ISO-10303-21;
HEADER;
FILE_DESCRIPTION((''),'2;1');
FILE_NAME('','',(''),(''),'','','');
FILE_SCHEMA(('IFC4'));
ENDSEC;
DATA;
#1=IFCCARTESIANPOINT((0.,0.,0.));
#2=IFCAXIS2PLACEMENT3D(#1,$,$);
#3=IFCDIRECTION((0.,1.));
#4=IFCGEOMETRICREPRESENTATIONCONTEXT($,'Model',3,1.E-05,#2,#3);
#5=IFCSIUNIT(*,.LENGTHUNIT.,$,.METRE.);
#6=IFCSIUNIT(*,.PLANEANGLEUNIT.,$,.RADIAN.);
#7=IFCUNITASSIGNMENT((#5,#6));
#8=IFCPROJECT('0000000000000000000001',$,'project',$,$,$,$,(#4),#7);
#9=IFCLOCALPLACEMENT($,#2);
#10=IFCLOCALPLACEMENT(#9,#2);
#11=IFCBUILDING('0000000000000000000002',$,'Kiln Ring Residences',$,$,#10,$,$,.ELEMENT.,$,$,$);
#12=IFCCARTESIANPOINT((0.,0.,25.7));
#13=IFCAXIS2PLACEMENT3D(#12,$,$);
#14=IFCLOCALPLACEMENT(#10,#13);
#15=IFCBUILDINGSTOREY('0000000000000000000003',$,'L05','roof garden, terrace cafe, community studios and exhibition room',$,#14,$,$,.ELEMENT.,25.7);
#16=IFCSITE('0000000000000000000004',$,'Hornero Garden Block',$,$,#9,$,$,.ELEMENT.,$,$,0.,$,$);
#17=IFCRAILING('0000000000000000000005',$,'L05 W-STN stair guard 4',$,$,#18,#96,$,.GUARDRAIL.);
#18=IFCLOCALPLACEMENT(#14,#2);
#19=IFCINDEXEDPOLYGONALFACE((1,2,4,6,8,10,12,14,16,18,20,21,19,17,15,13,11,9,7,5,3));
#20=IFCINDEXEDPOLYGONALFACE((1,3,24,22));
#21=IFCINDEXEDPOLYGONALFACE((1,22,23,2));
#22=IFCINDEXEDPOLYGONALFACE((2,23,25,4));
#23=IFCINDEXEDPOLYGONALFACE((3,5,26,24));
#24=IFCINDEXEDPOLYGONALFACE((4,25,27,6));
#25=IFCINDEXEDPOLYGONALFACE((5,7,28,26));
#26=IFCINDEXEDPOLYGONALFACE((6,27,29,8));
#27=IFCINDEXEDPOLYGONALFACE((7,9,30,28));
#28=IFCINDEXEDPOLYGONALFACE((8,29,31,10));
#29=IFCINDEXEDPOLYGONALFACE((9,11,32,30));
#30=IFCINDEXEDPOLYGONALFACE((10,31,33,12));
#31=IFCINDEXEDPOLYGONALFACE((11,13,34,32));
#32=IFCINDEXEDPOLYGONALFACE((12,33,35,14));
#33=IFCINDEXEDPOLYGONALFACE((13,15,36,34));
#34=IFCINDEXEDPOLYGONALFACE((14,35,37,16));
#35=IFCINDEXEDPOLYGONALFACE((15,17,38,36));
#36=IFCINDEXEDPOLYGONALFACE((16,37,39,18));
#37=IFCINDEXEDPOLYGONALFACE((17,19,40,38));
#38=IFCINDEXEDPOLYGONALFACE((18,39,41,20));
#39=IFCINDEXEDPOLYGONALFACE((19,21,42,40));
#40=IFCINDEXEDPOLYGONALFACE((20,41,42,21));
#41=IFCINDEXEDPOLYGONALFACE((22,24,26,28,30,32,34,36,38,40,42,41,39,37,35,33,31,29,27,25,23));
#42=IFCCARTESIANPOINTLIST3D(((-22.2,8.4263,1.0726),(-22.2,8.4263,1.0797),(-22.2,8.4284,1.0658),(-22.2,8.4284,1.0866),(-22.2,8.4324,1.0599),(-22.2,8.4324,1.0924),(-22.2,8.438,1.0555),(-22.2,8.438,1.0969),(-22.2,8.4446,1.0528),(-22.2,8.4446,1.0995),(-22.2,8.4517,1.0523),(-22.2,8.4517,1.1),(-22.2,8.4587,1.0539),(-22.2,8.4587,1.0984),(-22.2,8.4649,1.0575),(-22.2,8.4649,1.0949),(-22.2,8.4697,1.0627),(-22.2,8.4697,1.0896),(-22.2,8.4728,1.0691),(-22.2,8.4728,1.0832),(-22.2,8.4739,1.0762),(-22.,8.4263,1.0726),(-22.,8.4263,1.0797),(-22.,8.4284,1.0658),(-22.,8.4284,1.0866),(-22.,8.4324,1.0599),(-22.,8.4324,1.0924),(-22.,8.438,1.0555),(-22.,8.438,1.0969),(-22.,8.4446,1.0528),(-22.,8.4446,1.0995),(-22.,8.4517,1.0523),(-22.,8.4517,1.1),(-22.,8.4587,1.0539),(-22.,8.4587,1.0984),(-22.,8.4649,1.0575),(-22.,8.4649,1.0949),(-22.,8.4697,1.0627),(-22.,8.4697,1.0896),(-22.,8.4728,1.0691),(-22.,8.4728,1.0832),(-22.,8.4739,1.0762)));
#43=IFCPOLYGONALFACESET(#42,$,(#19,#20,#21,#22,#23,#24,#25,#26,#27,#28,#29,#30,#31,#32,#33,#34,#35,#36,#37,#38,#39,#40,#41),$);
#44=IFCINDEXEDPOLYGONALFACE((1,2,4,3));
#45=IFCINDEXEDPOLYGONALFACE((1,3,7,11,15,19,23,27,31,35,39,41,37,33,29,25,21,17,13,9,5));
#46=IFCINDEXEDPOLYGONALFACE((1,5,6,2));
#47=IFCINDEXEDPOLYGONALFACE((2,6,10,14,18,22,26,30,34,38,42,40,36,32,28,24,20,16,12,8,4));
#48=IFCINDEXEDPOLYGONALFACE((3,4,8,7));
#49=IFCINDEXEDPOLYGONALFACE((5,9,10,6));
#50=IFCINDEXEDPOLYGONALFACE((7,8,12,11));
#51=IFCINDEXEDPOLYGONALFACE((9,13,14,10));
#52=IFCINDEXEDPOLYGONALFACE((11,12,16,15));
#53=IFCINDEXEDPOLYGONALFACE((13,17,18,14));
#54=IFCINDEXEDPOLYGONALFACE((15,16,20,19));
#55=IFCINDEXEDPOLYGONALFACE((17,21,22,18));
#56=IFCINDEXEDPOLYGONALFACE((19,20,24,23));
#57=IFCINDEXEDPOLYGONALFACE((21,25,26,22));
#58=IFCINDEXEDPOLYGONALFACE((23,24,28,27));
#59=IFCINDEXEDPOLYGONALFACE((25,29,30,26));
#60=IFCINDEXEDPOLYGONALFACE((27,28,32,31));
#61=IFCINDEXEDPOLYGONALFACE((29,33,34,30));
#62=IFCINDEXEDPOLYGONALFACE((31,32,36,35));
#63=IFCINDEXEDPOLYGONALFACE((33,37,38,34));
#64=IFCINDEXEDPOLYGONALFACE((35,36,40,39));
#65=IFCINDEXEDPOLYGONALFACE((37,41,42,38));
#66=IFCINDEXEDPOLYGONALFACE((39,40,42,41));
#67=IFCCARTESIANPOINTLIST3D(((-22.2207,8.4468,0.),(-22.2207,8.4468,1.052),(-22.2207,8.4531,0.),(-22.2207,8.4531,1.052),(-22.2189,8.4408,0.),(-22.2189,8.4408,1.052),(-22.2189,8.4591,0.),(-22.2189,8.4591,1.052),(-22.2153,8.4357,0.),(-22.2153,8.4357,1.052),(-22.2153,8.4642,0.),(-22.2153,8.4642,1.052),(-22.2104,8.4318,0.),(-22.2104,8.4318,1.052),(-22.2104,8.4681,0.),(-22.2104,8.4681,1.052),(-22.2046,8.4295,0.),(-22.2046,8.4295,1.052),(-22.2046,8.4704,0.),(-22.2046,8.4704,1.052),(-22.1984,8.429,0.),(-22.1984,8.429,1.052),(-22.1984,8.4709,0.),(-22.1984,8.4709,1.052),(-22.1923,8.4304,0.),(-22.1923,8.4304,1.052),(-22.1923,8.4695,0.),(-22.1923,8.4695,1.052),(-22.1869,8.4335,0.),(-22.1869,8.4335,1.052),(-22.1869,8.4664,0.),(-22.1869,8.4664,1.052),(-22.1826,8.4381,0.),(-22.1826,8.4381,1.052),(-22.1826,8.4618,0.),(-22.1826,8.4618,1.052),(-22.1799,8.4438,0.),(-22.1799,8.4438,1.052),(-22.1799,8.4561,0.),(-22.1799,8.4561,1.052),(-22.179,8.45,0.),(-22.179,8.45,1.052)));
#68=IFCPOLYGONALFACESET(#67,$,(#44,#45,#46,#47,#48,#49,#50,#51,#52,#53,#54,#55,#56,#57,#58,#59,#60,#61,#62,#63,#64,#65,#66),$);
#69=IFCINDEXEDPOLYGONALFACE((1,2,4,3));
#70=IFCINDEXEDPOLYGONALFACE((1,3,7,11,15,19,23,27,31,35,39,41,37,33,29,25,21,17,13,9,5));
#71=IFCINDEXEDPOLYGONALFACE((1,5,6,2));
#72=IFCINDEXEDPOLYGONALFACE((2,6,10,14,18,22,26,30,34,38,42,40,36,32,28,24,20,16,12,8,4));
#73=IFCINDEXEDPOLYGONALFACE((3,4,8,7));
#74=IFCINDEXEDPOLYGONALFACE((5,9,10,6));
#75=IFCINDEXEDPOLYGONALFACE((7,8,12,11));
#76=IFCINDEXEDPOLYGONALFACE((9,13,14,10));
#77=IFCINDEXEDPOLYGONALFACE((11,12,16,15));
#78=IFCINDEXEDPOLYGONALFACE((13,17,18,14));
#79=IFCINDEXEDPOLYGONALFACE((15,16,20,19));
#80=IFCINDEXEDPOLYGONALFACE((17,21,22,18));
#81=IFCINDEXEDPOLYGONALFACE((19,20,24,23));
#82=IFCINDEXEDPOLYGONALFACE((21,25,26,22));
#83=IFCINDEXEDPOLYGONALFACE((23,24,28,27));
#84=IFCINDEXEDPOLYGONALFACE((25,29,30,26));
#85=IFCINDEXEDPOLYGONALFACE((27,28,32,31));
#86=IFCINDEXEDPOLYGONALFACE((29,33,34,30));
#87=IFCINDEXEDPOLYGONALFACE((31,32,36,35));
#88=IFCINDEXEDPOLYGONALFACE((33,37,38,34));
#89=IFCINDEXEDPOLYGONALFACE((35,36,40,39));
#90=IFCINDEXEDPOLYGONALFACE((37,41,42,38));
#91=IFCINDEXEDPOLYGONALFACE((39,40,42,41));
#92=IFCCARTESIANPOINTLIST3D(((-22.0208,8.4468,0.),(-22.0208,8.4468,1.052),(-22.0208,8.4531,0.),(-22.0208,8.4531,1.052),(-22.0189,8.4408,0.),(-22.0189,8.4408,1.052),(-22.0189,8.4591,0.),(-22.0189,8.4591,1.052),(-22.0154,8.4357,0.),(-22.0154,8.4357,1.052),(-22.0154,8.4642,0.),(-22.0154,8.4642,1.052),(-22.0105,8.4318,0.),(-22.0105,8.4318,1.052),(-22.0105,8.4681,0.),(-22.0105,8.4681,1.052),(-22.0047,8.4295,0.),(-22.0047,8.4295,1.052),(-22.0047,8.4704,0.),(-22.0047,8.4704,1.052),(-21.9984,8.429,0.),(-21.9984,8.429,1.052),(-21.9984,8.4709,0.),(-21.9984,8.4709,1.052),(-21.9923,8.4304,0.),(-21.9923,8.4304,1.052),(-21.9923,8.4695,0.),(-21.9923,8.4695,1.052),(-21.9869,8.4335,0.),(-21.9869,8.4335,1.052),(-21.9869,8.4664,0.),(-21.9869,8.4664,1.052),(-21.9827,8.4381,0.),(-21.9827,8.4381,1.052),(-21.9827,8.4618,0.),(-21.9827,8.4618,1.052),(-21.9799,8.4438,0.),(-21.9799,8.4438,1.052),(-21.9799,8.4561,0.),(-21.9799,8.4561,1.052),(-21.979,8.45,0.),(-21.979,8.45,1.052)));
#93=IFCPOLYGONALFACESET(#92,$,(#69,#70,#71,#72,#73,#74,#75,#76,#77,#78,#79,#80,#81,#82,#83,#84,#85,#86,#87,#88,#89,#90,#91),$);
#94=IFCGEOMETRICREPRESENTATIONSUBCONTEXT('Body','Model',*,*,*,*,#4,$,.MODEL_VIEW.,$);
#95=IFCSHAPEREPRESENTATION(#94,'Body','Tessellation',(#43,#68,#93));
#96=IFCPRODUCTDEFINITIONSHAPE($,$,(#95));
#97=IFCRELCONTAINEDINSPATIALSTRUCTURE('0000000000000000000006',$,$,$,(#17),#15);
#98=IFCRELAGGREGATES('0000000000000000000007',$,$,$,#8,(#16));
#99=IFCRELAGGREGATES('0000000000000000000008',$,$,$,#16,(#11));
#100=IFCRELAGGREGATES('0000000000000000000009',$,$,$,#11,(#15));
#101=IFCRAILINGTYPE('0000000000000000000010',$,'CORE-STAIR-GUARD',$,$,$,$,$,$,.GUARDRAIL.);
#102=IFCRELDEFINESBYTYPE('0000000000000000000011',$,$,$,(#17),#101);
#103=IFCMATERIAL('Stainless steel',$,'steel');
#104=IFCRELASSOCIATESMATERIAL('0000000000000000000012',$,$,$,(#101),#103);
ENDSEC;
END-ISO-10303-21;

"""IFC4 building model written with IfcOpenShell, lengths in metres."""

from ifc_helpers import new_model, si_unit, direction, frame, origin, origin_2d, place, context, subcontext, project, spatial, circle, extrude, material, type_object, element, save


model = new_model("IFC4")

# Units and contexts
model_context = context("Model", 3, precision=1e-05, world=origin(), true_north=direction((0.0, 1.0)))
body_context = subcontext(model_context, "Body", "Model", "MODEL_VIEW")
ifc_project = project(units=[si_unit("LENGTHUNIT", "METRE"), si_unit("PLANEANGLEUNIT", "RADIAN")], contexts=[model_context])

# Site, building, storey
site_placement = place(None, origin())
site = spatial("IfcSite", under=ifc_project, at=site_placement, Name="Hornero Garden Block", CompositionType="ELEMENT", RefElevation=0.0)
building_placement = place(site_placement, origin())
building = spatial("IfcBuilding", under=site, at=building_placement, Name="Kiln Ring Residences", CompositionType="ELEMENT")
storey_placement = place(building_placement, frame((0.0, 0.0, 25.7)))
storey = spatial("IfcBuildingStorey", under=building, at=storey_placement, Name="L05", Description="roof garden, terrace cafe, community studios and exhibition room", CompositionType="ELEMENT", Elevation=25.7)

# Railing
ifc_material_1 = material(Name="Stainless steel", Category="steel")
railing_type_1 = type_object("IfcRailingType", Name="CORE-STAIR-GUARD", PredefinedType="GUARDRAIL", material=ifc_material_1)
railing_1_placement = place(storey_placement, frame((-22.2, 8.45, 0.0)))
element("IfcRailing", 1, at=railing_1_placement, inside=storey, type_object=railing_type_1, Name="L05 W-STN stair guard 4", PredefinedType="GUARDRAIL", context=body_context, shape_type="SweptSolid", body=[
    extrude(circle(Radius=0.0239, at=origin_2d()), frame((0.0, 0.0, 1.0762), z_axis=(1.0, 0.0, 0.0), x_axis=(0.0, 1.0, 0.0)), (0.0, 0.0, 1.0), 0.2),
    extrude(circle(Radius=0.021, at=origin_2d()), origin(), (0.0, 0.0, 1.0), 1.052),
    extrude(circle(Radius=0.021, at=origin_2d()), frame((0.2, 0.0, 0.0)), (0.0, 0.0, 1.0), 1.052),
])

save(model, "model.ifc")
